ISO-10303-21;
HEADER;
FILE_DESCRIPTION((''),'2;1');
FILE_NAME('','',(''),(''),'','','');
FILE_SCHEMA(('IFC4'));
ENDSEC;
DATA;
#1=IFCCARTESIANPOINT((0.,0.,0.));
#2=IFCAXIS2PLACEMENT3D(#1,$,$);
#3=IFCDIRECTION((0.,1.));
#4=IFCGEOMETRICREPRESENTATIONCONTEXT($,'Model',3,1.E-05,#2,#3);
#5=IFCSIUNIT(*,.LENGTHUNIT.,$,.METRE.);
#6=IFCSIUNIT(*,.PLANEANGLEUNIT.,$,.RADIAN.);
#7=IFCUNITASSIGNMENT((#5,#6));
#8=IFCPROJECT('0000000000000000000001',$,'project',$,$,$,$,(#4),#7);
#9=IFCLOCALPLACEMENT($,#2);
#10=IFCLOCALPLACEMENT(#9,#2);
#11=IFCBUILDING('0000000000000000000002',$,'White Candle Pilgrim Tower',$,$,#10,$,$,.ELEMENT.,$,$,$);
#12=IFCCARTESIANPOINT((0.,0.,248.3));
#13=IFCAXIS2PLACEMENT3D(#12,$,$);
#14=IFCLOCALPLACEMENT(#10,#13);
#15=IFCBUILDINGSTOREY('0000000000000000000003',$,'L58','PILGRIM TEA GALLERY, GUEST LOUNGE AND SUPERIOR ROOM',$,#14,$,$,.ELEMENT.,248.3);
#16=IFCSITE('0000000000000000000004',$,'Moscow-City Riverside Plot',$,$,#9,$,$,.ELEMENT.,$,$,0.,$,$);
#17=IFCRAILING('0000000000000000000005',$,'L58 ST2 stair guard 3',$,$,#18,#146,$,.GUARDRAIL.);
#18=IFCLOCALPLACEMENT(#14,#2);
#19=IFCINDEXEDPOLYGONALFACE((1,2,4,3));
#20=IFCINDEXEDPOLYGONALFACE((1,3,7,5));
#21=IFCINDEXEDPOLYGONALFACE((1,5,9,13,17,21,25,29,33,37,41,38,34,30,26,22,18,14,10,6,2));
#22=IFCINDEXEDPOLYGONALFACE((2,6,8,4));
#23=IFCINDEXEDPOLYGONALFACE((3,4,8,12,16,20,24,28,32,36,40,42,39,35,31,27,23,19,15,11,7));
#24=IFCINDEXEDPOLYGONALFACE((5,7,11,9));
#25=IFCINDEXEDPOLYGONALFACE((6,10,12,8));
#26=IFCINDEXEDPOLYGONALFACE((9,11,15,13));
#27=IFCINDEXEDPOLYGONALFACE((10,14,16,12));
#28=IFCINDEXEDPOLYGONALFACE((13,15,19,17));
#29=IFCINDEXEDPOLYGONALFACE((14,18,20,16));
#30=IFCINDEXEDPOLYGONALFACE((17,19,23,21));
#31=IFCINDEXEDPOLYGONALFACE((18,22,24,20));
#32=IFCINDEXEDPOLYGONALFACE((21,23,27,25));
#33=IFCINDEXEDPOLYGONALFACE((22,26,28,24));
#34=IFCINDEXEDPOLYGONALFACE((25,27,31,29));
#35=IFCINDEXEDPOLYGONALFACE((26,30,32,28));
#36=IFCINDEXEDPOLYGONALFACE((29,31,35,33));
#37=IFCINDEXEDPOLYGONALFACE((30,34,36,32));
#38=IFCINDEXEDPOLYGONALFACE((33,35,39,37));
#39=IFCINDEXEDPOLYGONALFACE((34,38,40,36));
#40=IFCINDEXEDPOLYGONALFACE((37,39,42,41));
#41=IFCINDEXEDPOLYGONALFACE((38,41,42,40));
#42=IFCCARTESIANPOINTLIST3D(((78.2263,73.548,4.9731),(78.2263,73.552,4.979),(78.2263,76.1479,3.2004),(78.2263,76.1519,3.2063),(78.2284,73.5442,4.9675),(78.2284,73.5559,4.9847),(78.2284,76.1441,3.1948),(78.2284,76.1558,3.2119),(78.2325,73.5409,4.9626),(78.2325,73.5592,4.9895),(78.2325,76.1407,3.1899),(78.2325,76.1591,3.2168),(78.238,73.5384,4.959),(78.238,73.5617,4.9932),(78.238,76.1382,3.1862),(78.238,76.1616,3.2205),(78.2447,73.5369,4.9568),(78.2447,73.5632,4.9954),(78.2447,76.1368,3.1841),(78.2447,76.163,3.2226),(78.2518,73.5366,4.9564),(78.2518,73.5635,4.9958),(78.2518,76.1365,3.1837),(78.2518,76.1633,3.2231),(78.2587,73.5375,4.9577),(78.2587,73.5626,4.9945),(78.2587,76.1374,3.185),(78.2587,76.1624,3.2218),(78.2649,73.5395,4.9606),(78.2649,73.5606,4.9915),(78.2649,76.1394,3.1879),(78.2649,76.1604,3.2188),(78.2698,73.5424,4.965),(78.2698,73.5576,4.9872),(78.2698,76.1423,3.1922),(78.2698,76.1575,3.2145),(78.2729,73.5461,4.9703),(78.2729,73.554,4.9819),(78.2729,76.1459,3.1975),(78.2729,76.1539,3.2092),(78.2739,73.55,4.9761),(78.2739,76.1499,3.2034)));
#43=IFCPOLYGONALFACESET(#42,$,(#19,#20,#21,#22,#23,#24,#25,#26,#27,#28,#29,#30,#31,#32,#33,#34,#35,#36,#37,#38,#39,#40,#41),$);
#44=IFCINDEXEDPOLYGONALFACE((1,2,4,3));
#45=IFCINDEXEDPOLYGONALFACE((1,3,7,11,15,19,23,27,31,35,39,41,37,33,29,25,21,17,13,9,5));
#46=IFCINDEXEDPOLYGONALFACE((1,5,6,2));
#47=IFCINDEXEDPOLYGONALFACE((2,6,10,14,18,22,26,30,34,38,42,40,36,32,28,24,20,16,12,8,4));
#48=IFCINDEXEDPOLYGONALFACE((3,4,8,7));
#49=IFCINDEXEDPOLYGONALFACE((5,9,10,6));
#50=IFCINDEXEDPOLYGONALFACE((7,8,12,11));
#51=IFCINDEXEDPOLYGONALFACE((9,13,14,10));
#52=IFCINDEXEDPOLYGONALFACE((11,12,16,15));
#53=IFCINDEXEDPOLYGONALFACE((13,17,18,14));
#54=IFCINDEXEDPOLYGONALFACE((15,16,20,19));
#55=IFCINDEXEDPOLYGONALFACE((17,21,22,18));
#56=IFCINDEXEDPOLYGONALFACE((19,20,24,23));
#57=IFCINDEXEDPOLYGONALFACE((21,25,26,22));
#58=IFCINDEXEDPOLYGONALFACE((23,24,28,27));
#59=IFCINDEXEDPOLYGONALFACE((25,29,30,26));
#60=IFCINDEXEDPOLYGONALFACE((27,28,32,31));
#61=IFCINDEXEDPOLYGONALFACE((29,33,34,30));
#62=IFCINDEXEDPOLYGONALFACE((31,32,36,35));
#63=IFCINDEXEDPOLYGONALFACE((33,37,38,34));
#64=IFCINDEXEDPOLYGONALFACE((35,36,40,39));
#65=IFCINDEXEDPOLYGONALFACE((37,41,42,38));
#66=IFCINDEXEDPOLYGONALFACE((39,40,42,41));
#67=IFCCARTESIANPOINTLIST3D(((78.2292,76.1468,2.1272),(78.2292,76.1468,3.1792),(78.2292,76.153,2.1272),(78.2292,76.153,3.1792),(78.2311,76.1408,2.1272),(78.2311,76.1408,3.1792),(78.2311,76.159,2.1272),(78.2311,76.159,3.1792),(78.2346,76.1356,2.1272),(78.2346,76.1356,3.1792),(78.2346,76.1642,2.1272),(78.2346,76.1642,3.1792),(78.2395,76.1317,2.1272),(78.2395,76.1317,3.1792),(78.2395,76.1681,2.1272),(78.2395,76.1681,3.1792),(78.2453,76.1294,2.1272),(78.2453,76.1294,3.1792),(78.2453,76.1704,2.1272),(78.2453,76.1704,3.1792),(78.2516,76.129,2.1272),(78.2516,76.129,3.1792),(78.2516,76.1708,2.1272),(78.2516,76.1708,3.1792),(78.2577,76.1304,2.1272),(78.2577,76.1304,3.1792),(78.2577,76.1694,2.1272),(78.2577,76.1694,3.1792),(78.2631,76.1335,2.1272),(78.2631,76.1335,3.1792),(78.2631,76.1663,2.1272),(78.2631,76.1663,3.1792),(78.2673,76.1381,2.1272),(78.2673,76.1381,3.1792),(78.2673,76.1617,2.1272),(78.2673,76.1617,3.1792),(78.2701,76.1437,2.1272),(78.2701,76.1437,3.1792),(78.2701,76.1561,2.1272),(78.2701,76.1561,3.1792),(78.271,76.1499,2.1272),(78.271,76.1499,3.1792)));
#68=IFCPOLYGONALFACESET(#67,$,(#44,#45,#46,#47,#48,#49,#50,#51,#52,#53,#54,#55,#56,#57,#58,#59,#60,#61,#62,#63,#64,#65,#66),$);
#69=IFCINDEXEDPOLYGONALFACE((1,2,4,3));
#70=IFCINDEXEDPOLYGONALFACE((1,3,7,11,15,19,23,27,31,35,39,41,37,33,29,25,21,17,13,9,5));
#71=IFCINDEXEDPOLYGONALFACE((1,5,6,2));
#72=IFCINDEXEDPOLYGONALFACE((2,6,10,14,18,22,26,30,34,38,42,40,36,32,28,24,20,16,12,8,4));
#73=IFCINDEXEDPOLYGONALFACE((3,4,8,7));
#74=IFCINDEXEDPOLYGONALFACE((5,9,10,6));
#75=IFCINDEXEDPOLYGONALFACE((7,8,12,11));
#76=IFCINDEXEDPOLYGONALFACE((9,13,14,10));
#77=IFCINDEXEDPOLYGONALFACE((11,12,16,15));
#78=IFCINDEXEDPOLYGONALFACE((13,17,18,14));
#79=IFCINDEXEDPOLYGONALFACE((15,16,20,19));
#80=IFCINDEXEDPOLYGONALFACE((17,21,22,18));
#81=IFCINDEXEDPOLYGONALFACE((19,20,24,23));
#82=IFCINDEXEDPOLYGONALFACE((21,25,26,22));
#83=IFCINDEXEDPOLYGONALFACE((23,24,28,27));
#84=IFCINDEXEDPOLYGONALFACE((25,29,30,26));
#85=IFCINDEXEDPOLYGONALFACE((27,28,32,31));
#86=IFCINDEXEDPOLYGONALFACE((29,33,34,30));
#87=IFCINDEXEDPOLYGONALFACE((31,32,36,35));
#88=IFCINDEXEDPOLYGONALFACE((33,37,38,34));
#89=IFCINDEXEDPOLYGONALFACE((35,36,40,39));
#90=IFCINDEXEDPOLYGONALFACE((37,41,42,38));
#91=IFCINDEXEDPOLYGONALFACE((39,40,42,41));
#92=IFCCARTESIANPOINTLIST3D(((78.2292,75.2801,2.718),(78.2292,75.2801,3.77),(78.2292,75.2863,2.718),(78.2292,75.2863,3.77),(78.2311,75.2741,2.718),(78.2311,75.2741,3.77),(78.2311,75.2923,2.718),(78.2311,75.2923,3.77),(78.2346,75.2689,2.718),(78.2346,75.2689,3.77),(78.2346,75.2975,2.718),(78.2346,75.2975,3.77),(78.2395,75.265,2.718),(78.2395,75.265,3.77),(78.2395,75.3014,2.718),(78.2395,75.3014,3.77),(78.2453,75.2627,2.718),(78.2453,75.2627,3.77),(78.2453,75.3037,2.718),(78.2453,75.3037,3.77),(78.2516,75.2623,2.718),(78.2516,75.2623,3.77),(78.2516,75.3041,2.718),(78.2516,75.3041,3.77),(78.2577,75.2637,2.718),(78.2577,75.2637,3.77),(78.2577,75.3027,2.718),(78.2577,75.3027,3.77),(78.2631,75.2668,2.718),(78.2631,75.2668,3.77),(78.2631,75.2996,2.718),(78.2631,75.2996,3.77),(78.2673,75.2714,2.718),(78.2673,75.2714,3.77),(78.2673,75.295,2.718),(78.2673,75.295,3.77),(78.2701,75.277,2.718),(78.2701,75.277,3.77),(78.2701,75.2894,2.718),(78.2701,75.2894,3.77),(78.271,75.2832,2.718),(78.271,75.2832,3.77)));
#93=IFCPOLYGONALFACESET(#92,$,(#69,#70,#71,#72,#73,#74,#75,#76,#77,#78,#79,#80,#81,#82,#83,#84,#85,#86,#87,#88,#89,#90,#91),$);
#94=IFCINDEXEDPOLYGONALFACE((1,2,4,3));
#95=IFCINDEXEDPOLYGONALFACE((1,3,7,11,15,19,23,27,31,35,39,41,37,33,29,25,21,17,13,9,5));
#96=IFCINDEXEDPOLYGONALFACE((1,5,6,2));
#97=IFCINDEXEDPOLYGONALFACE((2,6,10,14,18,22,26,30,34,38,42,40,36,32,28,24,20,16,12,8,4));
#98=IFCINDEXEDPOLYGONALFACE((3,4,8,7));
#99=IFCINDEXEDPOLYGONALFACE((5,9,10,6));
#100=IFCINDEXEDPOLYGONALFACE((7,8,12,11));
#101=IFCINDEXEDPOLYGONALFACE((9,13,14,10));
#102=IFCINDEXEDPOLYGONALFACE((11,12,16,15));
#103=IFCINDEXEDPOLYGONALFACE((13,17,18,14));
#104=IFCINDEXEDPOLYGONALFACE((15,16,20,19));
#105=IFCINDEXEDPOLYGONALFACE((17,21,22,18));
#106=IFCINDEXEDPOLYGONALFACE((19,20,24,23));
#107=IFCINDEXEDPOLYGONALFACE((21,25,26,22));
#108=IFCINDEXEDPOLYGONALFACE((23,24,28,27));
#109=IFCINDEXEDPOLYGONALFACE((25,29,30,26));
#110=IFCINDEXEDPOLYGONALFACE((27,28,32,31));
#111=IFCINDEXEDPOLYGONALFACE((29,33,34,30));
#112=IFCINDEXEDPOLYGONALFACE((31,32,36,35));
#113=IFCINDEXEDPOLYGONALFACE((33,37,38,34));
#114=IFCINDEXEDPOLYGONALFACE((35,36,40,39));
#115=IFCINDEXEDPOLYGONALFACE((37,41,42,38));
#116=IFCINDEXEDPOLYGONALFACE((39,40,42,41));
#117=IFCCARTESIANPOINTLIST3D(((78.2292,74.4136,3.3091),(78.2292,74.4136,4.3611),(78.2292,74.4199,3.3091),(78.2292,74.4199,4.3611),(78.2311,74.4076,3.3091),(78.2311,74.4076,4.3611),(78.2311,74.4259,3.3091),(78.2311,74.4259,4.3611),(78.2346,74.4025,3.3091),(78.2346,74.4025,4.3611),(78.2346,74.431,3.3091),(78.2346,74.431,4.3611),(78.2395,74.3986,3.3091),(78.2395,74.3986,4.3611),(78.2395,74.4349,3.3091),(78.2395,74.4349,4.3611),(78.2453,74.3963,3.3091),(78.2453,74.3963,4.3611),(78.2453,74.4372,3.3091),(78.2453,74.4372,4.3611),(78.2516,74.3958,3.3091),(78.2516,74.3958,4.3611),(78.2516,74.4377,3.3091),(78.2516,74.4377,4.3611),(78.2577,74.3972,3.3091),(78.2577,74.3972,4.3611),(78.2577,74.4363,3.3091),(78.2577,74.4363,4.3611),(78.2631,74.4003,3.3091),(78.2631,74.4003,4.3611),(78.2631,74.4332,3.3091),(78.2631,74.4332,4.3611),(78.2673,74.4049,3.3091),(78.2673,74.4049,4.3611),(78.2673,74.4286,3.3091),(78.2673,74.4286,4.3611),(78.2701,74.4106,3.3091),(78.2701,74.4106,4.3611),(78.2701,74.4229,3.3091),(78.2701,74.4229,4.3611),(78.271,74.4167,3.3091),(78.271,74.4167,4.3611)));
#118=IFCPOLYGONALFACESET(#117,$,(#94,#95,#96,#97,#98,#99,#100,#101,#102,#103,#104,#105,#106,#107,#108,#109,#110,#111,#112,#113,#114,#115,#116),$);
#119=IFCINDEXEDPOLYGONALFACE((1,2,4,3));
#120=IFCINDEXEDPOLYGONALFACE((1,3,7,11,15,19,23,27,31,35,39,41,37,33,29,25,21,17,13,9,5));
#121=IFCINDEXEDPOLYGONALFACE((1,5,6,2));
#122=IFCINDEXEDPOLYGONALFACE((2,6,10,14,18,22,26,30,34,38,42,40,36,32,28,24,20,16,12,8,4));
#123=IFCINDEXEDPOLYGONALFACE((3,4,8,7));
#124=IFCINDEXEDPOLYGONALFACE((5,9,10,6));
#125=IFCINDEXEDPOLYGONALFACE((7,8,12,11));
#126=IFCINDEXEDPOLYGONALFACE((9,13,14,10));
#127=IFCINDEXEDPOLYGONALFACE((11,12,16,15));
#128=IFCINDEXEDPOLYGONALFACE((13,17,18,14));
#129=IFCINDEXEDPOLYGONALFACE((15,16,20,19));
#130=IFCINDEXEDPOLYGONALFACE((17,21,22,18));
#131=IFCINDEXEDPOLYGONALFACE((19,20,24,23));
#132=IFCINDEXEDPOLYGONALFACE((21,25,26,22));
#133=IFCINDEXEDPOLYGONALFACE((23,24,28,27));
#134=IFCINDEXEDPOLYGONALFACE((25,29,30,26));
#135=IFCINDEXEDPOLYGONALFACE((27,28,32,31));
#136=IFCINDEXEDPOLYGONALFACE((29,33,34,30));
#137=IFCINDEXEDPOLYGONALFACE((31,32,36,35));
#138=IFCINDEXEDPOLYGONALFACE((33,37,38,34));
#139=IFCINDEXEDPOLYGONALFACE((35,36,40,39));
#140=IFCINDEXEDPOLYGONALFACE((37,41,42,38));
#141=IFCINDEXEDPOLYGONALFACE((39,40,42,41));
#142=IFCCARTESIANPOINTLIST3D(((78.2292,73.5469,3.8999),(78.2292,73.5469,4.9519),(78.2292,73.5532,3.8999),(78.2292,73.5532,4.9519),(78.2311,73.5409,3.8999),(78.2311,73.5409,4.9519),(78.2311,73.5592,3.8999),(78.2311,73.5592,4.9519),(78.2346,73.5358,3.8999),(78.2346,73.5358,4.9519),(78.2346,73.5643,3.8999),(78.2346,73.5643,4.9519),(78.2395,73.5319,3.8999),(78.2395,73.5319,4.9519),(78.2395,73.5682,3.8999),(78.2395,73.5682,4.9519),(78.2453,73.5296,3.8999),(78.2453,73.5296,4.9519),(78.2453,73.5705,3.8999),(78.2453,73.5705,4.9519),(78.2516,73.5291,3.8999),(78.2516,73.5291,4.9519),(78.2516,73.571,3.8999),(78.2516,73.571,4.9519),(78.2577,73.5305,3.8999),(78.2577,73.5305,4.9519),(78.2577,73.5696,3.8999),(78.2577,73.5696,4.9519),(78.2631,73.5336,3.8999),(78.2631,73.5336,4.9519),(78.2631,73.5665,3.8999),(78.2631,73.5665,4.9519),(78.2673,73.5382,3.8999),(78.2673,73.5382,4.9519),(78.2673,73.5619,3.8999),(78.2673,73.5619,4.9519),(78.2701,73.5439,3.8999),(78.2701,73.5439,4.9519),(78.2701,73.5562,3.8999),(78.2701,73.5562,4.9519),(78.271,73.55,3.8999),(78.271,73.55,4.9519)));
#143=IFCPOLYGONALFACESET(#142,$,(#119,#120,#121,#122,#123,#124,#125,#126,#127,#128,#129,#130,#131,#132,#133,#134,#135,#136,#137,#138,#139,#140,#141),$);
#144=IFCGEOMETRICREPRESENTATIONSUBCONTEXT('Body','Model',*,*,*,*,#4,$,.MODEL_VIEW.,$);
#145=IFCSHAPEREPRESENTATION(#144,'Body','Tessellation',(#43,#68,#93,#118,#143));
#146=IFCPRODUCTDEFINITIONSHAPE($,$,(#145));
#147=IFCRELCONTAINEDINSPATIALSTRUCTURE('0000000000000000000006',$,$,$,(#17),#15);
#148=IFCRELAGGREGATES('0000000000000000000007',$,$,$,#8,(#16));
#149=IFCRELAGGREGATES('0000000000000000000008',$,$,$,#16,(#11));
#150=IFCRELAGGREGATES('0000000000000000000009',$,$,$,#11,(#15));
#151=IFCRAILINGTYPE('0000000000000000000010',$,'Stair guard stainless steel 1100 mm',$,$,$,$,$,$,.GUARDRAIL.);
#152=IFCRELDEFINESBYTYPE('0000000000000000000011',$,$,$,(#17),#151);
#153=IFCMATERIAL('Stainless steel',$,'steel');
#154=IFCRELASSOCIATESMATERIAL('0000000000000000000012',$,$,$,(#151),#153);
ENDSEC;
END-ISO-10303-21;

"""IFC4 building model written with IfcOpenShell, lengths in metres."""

from ifc_helpers import new_model, si_unit, direction, frame, origin, origin_2d, place, context, subcontext, project, spatial, circle, extrude, material, type_object, element, save


model = new_model("IFC4")

# Units and contexts
model_context = context("Model", 3, precision=1e-05, world=origin(), true_north=direction((0.0, 1.0)))
body_context = subcontext(model_context, "Body", "Model", "MODEL_VIEW")
ifc_project = project(units=[si_unit("LENGTHUNIT", "METRE"), si_unit("PLANEANGLEUNIT", "RADIAN")], contexts=[model_context])

# Site, building, storey
site_placement = place(None, origin())
site = spatial("IfcSite", under=ifc_project, at=site_placement, Name="Moscow-City Riverside Plot", CompositionType="ELEMENT", RefElevation=0.0)
building_placement = place(site_placement, origin())
building = spatial("IfcBuilding", under=site, at=building_placement, Name="White Candle Pilgrim Tower", CompositionType="ELEMENT")
storey_placement = place(building_placement, frame((0.0, 0.0, 248.3)))
storey = spatial("IfcBuildingStorey", under=building, at=storey_placement, Name="L58", Description="PILGRIM TEA GALLERY, GUEST LOUNGE AND SUPERIOR ROOM", CompositionType="ELEMENT", Elevation=248.3)

# Railing
ifc_material_1 = material(Name="Stainless steel", Category="steel")
railing_type_1 = type_object("IfcRailingType", Name="Stair guard stainless steel 1100 mm", PredefinedType="GUARDRAIL", material=ifc_material_1)
railing_1_placement = place(storey_placement, frame((78.25, 76.1499, 2.1272)))
element("IfcRailing", 1, at=railing_1_placement, inside=storey, type_object=railing_type_1, Name="L58 ST2 stair guard 3", PredefinedType="GUARDRAIL", context=body_context, shape_type="SweptSolid", body=[
    extrude(circle(Radius=0.0239, at=origin_2d()), frame((0.0, 0.0, 1.0762), z_axis=(0.0, -0.826216, 0.563354), x_axis=(1.0, 0.0, 0.0)), (0.0, 0.0, 1.0), 3.1467),
    extrude(circle(Radius=0.021, at=origin_2d()), origin(), (0.0, 0.0, 1.0), 1.052),
    extrude(circle(Radius=0.021, at=origin_2d()), frame((0.0, -0.8667, 0.5908)), (0.0, 0.0, 1.0), 1.052),
    extrude(circle(Radius=0.021, at=origin_2d()), frame((0.0, -1.7332, 1.1819)), (0.0, 0.0, 1.0), 1.052),
    extrude(circle(Radius=0.021, at=origin_2d()), frame((0.0, -2.5999, 1.7727)), (0.0, 0.0, 1.0), 1.052),
])

save(model, "model.ifc")
